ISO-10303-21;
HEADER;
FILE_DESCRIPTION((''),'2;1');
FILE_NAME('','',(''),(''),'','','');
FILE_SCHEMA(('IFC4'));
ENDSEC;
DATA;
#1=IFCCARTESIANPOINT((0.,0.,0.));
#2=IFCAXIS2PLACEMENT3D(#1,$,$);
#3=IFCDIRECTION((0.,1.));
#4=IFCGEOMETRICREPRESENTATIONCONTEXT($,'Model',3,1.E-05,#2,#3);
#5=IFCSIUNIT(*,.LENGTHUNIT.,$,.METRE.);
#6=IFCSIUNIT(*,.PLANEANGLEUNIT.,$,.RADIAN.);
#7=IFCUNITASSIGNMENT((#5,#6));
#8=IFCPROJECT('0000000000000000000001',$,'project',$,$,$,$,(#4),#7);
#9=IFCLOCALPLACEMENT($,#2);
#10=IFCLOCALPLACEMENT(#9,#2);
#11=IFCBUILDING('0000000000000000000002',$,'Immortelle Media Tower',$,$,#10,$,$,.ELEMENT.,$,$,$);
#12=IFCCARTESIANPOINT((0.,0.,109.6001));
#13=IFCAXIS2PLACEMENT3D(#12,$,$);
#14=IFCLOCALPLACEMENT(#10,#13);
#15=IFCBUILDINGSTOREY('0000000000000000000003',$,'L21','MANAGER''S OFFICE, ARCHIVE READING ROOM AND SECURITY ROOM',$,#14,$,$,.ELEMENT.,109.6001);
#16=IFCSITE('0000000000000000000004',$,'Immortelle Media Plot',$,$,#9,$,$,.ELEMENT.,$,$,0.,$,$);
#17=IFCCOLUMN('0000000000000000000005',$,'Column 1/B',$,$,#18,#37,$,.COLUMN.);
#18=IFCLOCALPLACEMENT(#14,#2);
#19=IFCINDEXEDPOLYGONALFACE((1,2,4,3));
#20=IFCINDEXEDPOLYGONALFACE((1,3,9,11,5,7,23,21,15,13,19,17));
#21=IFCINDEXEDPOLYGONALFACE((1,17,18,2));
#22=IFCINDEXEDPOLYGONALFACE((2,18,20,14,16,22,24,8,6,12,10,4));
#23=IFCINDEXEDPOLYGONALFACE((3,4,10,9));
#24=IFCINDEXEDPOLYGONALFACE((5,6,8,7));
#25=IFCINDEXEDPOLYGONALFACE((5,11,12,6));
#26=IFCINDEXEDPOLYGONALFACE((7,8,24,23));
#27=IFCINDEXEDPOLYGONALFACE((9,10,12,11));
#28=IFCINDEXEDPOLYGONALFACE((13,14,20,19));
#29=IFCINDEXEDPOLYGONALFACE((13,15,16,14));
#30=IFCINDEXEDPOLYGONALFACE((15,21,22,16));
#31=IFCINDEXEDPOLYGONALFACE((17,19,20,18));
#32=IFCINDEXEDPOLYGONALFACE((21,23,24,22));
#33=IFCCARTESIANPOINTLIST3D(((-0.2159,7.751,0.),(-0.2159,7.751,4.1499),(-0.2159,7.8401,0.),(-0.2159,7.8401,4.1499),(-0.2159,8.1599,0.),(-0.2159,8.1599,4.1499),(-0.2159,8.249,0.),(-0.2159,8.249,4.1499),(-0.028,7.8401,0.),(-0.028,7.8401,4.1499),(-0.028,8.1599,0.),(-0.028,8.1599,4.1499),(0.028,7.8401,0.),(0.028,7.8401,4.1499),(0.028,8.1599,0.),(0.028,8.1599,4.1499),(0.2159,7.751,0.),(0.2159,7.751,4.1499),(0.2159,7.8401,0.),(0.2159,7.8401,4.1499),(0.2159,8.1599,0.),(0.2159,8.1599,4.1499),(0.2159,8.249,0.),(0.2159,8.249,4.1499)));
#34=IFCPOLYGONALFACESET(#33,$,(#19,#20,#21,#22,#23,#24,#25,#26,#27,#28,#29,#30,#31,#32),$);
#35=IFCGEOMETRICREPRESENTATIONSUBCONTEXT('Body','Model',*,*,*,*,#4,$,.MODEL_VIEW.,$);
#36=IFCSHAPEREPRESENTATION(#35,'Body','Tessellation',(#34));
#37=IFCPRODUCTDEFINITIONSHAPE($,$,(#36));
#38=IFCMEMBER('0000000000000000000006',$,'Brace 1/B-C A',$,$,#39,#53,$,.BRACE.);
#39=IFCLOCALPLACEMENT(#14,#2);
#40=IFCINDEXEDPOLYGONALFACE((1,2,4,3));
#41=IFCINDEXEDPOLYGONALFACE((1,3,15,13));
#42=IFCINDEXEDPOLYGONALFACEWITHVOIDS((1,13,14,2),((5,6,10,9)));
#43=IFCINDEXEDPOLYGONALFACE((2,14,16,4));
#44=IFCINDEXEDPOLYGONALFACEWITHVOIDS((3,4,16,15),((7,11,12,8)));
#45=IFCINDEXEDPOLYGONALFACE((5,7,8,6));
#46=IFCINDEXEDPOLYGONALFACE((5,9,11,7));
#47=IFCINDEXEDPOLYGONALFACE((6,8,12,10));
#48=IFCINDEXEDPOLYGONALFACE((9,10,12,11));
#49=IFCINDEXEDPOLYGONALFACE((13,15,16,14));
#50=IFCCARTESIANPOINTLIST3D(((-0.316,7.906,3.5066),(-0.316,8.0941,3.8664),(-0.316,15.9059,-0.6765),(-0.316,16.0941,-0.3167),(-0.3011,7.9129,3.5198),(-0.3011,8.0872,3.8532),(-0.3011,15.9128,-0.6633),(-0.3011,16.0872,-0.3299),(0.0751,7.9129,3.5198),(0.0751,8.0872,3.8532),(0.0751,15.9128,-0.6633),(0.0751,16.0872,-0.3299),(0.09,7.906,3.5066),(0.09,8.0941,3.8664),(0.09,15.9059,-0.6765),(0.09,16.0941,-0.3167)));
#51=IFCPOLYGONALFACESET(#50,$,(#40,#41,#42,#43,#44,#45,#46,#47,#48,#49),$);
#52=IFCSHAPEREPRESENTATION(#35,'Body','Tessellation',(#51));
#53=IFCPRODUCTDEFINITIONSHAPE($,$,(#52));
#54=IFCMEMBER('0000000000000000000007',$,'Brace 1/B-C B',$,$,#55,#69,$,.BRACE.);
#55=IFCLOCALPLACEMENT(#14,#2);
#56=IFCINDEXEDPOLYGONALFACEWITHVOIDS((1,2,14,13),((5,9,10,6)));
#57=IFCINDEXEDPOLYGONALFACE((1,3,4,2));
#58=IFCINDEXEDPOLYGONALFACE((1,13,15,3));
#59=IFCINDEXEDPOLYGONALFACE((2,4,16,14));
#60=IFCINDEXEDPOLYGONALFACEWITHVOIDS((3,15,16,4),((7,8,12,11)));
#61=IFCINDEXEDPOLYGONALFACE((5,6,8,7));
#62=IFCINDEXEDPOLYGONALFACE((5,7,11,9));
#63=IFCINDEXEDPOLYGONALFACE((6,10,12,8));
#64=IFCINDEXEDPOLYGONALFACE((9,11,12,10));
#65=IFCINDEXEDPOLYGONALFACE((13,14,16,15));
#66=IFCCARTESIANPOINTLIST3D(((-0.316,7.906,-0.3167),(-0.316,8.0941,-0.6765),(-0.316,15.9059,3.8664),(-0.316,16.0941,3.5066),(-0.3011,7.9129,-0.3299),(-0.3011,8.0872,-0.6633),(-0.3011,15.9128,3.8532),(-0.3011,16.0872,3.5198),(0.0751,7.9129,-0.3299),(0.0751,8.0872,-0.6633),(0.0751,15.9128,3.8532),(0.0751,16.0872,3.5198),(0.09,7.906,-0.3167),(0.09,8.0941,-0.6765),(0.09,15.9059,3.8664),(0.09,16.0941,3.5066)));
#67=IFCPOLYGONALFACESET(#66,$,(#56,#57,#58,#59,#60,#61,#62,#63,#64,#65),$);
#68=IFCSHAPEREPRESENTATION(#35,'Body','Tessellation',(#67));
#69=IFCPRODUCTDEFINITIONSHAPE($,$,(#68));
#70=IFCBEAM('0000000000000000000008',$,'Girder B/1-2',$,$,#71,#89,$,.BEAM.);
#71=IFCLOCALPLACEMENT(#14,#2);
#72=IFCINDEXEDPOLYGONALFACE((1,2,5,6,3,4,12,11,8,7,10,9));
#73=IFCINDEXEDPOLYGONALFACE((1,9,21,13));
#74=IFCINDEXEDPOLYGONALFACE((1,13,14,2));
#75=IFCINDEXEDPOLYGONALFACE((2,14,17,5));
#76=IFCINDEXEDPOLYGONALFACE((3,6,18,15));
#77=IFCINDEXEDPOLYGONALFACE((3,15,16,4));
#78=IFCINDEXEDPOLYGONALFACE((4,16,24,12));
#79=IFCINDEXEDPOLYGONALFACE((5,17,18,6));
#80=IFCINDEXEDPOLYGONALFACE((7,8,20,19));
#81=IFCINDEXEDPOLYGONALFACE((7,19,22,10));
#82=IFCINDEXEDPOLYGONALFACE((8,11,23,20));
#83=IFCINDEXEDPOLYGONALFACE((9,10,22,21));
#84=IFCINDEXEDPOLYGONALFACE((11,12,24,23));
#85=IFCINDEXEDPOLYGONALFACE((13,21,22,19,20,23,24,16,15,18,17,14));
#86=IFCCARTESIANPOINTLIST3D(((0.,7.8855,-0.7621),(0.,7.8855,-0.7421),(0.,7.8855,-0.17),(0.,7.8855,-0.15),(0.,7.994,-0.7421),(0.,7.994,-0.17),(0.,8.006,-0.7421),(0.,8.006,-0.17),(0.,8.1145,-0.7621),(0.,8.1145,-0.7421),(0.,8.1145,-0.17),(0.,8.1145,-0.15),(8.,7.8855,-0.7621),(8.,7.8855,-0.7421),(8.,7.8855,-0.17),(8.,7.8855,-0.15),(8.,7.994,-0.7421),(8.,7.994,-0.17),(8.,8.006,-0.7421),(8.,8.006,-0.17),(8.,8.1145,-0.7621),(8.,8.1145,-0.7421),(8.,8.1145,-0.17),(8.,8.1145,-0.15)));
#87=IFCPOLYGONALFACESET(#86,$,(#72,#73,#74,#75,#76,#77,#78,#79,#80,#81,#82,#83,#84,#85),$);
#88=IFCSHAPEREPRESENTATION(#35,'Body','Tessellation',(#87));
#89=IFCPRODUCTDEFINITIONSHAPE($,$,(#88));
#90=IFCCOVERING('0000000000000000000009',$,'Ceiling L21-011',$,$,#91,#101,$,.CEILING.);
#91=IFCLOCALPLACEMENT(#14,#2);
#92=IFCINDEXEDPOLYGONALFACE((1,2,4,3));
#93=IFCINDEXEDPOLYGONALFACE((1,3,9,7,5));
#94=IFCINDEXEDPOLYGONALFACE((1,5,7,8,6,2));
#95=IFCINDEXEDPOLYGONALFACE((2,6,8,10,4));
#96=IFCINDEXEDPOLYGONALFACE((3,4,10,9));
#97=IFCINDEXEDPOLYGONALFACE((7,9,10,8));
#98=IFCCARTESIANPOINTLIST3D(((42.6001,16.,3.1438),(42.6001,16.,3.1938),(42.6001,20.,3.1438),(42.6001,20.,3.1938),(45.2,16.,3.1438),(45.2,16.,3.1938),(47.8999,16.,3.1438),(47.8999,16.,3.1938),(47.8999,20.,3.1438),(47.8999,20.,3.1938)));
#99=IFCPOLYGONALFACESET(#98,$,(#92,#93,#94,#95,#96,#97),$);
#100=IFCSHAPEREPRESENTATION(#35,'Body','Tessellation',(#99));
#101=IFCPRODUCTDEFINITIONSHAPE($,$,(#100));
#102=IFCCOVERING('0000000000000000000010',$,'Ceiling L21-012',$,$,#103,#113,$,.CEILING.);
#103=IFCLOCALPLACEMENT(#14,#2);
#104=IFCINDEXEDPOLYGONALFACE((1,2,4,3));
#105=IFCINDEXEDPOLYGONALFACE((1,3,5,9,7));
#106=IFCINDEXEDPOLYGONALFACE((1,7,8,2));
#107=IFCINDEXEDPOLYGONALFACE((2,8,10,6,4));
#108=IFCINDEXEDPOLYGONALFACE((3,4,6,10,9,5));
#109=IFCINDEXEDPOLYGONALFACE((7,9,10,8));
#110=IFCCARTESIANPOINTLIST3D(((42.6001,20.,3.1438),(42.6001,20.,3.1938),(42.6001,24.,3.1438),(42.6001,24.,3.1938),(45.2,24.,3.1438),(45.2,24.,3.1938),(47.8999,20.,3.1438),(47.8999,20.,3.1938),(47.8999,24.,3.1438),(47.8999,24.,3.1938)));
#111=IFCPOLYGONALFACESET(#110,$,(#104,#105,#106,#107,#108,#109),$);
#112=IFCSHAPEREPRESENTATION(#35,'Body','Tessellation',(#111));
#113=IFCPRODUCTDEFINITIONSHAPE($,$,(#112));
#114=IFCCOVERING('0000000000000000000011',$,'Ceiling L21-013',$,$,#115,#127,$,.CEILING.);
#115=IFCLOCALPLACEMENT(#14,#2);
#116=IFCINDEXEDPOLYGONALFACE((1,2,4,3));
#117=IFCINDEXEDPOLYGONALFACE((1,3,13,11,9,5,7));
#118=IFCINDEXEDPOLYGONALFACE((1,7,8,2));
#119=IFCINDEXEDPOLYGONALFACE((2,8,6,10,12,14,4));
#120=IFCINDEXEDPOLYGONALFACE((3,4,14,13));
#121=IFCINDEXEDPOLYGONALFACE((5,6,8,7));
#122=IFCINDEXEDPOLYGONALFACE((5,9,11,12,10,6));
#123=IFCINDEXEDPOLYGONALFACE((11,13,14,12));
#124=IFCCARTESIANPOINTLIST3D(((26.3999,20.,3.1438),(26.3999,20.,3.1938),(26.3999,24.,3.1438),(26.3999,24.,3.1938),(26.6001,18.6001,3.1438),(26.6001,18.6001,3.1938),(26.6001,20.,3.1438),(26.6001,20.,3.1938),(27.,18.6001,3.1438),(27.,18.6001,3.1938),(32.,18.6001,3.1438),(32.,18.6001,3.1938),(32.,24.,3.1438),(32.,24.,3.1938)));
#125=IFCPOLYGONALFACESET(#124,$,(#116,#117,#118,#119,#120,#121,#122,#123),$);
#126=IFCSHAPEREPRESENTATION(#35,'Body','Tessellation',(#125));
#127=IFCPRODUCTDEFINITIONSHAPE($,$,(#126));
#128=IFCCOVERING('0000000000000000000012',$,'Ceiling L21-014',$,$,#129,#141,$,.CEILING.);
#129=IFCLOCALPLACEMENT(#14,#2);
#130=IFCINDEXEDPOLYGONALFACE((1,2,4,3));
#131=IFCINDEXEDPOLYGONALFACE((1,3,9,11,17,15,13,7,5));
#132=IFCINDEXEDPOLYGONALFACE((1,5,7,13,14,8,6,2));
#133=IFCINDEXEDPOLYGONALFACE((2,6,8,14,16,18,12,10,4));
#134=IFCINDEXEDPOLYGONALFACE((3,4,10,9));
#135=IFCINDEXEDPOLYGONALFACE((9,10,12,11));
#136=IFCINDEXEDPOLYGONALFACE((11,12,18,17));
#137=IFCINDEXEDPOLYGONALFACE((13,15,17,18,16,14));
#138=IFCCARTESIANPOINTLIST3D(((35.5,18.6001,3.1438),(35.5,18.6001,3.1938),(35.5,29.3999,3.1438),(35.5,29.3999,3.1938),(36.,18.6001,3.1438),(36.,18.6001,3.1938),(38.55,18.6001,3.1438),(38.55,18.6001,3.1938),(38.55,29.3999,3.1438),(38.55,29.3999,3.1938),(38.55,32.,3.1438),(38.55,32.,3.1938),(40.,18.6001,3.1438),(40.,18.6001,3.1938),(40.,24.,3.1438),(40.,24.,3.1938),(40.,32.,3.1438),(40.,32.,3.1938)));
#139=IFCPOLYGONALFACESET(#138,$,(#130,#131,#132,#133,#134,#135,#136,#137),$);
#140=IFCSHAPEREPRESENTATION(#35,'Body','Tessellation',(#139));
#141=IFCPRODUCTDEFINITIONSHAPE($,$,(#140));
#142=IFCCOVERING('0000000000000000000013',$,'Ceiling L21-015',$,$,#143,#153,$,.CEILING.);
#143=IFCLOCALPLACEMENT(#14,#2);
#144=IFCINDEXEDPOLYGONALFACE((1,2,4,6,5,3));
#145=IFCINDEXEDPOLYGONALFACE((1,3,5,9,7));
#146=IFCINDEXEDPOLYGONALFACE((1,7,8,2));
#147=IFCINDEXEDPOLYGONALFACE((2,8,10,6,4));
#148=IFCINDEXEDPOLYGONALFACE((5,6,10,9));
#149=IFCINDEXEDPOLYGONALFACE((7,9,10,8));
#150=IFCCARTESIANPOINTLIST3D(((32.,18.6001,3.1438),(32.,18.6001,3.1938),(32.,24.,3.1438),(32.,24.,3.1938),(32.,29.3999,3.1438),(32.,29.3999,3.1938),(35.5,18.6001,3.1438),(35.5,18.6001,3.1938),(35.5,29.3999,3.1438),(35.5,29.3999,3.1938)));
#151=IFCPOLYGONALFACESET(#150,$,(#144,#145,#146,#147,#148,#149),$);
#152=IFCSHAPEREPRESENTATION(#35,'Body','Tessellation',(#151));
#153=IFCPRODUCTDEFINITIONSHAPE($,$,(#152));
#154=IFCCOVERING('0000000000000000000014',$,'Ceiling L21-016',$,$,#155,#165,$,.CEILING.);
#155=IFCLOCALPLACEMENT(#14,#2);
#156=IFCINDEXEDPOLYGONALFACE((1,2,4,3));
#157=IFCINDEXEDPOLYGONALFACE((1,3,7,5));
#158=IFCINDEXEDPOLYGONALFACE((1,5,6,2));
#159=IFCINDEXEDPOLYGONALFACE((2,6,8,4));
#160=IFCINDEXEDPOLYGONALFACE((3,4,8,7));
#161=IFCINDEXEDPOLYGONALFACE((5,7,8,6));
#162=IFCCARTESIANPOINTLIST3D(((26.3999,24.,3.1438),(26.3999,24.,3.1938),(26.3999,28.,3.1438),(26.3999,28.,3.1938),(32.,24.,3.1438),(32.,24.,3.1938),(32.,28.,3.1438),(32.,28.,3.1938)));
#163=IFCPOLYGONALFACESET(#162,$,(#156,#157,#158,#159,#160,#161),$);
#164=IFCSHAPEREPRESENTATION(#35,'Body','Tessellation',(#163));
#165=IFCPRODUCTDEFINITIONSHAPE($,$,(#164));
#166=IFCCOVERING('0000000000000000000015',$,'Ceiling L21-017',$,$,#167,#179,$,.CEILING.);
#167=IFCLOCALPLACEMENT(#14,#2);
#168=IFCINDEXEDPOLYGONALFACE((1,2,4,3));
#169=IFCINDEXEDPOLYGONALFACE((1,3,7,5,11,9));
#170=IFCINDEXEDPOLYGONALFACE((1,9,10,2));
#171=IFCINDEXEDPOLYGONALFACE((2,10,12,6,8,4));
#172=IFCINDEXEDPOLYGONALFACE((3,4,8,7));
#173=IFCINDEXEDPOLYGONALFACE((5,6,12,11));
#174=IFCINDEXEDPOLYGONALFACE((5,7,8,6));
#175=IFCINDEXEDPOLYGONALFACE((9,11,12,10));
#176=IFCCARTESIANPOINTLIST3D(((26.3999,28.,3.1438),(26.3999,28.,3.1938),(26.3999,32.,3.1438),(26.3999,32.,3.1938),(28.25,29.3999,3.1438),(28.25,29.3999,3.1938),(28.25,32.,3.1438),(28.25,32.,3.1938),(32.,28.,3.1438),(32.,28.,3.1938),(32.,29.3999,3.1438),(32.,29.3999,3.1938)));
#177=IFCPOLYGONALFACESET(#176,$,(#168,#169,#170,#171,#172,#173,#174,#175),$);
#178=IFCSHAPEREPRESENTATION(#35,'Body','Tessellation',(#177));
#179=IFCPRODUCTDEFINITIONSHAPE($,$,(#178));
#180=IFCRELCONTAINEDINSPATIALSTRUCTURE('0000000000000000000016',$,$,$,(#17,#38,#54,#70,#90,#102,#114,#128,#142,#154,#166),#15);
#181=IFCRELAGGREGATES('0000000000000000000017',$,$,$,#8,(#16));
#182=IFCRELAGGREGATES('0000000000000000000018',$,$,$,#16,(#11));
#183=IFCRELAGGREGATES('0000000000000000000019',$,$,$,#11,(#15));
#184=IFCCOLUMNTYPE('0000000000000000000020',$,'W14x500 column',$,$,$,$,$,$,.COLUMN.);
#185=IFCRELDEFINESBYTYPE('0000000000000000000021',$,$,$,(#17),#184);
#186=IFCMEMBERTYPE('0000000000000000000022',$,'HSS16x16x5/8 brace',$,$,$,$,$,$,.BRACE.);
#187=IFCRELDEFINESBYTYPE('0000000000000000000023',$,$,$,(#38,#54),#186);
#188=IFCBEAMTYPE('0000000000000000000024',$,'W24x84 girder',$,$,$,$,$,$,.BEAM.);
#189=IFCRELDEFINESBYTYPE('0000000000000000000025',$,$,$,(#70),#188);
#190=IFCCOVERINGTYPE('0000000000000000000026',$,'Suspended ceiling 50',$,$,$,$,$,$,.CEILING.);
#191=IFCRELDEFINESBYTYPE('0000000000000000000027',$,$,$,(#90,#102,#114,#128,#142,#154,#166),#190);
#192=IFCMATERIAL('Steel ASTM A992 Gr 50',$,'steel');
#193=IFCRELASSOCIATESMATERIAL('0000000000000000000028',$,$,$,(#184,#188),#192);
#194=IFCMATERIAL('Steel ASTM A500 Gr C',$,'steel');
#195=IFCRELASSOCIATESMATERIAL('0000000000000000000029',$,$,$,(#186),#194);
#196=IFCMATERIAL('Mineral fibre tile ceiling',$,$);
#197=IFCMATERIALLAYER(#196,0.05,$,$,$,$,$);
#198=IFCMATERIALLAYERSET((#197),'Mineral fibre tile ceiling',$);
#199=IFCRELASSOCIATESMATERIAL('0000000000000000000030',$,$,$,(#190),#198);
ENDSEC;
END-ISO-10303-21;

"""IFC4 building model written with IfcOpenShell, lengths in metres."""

from ifc_helpers import new_model, si_unit, direction, frame, origin, origin_2d, place, context, subcontext, project, spatial, polyline, hollow_rectangle, i_section, outline, extrude, material, layer, layer_set, material_profile, profile_set, type_object, element, save


model = new_model("IFC4")

# Units and contexts
model_context = context("Model", 3, precision=1e-05, world=origin(), true_north=direction((0.0, 1.0)))
body_context = subcontext(model_context, "Body", "Model", "MODEL_VIEW")
ifc_project = project(units=[si_unit("LENGTHUNIT", "METRE"), si_unit("PLANEANGLEUNIT", "RADIAN")], contexts=[model_context])

# Site, building, storey
site_placement = place(None, origin())
site = spatial("IfcSite", under=ifc_project, at=site_placement, Name="Immortelle Media Plot", CompositionType="ELEMENT", RefElevation=0.0)
building_placement = place(site_placement, origin())
building = spatial("IfcBuilding", under=site, at=building_placement, Name="Immortelle Media Tower", CompositionType="ELEMENT")
storey_placement = place(building_placement, frame((0.0, 0.0, 109.6001)))
storey = spatial("IfcBuildingStorey", under=building, at=storey_placement, Name="L21", Description="MANAGER'S OFFICE, ARCHIVE READING ROOM AND SECURITY ROOM", CompositionType="ELEMENT", Elevation=109.6001)

# Column
ifc_material_1 = material(Name="Steel ASTM A992 Gr 50", Category="steel")
ifc_material_profile_1 = material_profile(ifc_material_1, i_section(OverallWidth=0.4319, OverallDepth=0.498, WebThickness=0.0559, FlangeThickness=0.0891, at=origin_2d()), Name="W14x500")
ifc_profile_set_1 = profile_set([ifc_material_profile_1], Name="Steel ASTM A992 Gr 50")
column_type = type_object("IfcColumnType", Name="W14x500 column", PredefinedType="COLUMN", material=ifc_profile_set_1)
column_placement = place(storey_placement, frame((0.0, 8.0, 0.0), z_axis=(0.0, 0.0, 1.0), x_axis=(1.0, 0.0, 0.0)))
element("IfcColumn", 1, at=column_placement, inside=storey, type_object=column_type, Name="Column 1/B", PredefinedType="COLUMN", context=body_context, shape_type="SweptSolid", body=[
    extrude(i_section(OverallWidth=0.4319, OverallDepth=0.498, WebThickness=0.0559, FlangeThickness=0.0891, at=origin_2d()), origin(), (0.0, 0.0, 1.0), 4.1499),
])

# Members
ifc_material_2 = material(Name="Steel ASTM A500 Gr C", Category="steel")
ifc_material_profile_2 = material_profile(ifc_material_2, hollow_rectangle(XDim=0.406, YDim=0.406, WallThickness=0.0149, at=origin_2d()), Name="HSS16x16x5/8 brace")
ifc_profile_set_2 = profile_set([ifc_material_profile_2], Name="Steel ASTM A500 Gr C")
member_type = type_object("IfcMemberType", Name="HSS16x16x5/8 brace", PredefinedType="BRACE", material=ifc_profile_set_2)
for number, where, z_axis, x_axis, name in (
    (2, (-0.113, 16.0, -0.4966), (0.0, -0.886167, 0.463366), (1.0, 0.0, 0.0), "Brace 1/B-C A"),
    (3, (-0.113, 16.0, 3.6865), (0.0, -0.886167, -0.463366), (1.0, 0.0, 0.0), "Brace 1/B-C B"),
):
    element("IfcMember", number, at=place(storey_placement, frame(where, z_axis=z_axis, x_axis=x_axis)), inside=storey, type_object=member_type, Name=name, PredefinedType="BRACE", context=body_context, shape_type="SweptSolid", body=[
        extrude(hollow_rectangle(XDim=0.406, YDim=0.406, WallThickness=0.0149, at=origin_2d()), origin(), (0.0, 0.0, 1.0), 9.0276),
    ])

# Beam
ifc_material_profile_3 = material_profile(ifc_material_1, i_section(OverallWidth=0.229, OverallDepth=0.6121, WebThickness=0.012, FlangeThickness=0.02, at=origin_2d()), Name="W24x84")
ifc_profile_set_3 = profile_set([ifc_material_profile_3], Name="Steel ASTM A992 Gr 50")
beam_type = type_object("IfcBeamType", Name="W24x84 girder", PredefinedType="BEAM", material=ifc_profile_set_3)
beam_placement = place(storey_placement, frame((0.0, 8.0, -0.4561), z_axis=(1.0, 0.0, 0.0), x_axis=(0.0, 1.0, 0.0)))
element("IfcBeam", 4, at=beam_placement, inside=storey, type_object=beam_type, Name="Girder B/1-2", PredefinedType="BEAM", context=body_context, shape_type="SweptSolid", body=[
    extrude(i_section(OverallWidth=0.229, OverallDepth=0.6121, WebThickness=0.012, FlangeThickness=0.02, at=origin_2d()), origin(), (0.0, 0.0, 1.0), 8.0),
])

# Coverings
ifc_material_3 = material(Name="Mineral fibre tile ceiling")
ifc_layer = layer(ifc_material_3, 0.05)
ifc_layer_set = layer_set([ifc_layer], Name="Mineral fibre tile ceiling")
covering_type = type_object("IfcCoveringType", Name="Suspended ceiling 50", PredefinedType="CEILING", material=ifc_layer_set)
covering_1_placement = place(storey_placement, frame((0.0, 0.0, 3.1438)))
element("IfcCovering", 5, at=covering_1_placement, inside=storey, type_object=covering_type, Name="Ceiling L21-011", PredefinedType="CEILING", context=body_context, shape_type="SweptSolid", body=[
    extrude(outline(polyline([(42.6001, 16.0), (42.6001, 20.0), (47.8999, 20.0), (47.8999, 16.0), (45.2, 16.0), (42.6001, 16.0)])), origin(), (0.0, 0.0, 1.0), 0.05),
])
covering_2_placement = place(storey_placement, frame((0.0, 0.0, 3.1438)))
element("IfcCovering", 6, at=covering_2_placement, inside=storey, type_object=covering_type, Name="Ceiling L21-012", PredefinedType="CEILING", context=body_context, shape_type="SweptSolid", body=[
    extrude(outline(polyline([(42.6001, 24.0), (45.2, 24.0), (47.8999, 24.0), (47.8999, 20.0), (42.6001, 20.0), (42.6001, 24.0)])), origin(), (0.0, 0.0, 1.0), 0.05),
])
covering_3_placement = place(storey_placement, frame((0.0, 0.0, 3.1438)))
element("IfcCovering", 7, at=covering_3_placement, inside=storey, type_object=covering_type, Name="Ceiling L21-013", PredefinedType="CEILING", context=body_context, shape_type="SweptSolid", body=[
    extrude(outline(polyline([(32.0, 18.6001), (27.0, 18.6001), (26.6001, 18.6001), (26.6001, 20.0), (26.3999, 20.0), (26.3999, 24.0), (32.0, 24.0), (32.0, 18.6001)])), origin(), (0.0, 0.0, 1.0), 0.05),
])
covering_4_placement = place(storey_placement, frame((0.0, 0.0, 3.1438)))
element("IfcCovering", 8, at=covering_4_placement, inside=storey, type_object=covering_type, Name="Ceiling L21-014", PredefinedType="CEILING", context=body_context, shape_type="SweptSolid", body=[
    extrude(outline(polyline([(35.5, 18.6001), (35.5, 29.3999), (38.55, 29.3999), (38.55, 32.0), (40.0, 32.0), (40.0, 24.0), (40.0, 18.6001), (38.55, 18.6001), (36.0, 18.6001), (35.5, 18.6001)])), origin(), (0.0, 0.0, 1.0), 0.05),
])
covering_5_placement = place(storey_placement, frame((0.0, 0.0, 3.1438)))
element("IfcCovering", 9, at=covering_5_placement, inside=storey, type_object=covering_type, Name="Ceiling L21-015", PredefinedType="CEILING", context=body_context, shape_type="SweptSolid", body=[
    extrude(outline(polyline([(32.0, 18.6001), (32.0, 24.0), (32.0, 29.3999), (35.5, 29.3999), (35.5, 18.6001), (32.0, 18.6001)])), origin(), (0.0, 0.0, 1.0), 0.05),
])
covering_6_placement = place(storey_placement, frame((0.0, 0.0, 3.1438)))
element("IfcCovering", 10, at=covering_6_placement, inside=storey, type_object=covering_type, Name="Ceiling L21-016", PredefinedType="CEILING", context=body_context, shape_type="SweptSolid", body=[
    extrude(outline(polyline([(26.3999, 28.0), (32.0, 28.0), (32.0, 24.0), (26.3999, 24.0), (26.3999, 28.0)])), origin(), (0.0, 0.0, 1.0), 0.05),
])
covering_7_placement = place(storey_placement, frame((0.0, 0.0, 3.1438)))
element("IfcCovering", 11, at=covering_7_placement, inside=storey, type_object=covering_type, Name="Ceiling L21-017", PredefinedType="CEILING", context=body_context, shape_type="SweptSolid", body=[
    extrude(outline(polyline([(26.3999, 32.0), (28.25, 32.0), (28.25, 29.3999), (32.0, 29.3999), (32.0, 28.0), (26.3999, 28.0), (26.3999, 32.0)])), origin(), (0.0, 0.0, 1.0), 0.05),
])

save(model, "model.ifc")
